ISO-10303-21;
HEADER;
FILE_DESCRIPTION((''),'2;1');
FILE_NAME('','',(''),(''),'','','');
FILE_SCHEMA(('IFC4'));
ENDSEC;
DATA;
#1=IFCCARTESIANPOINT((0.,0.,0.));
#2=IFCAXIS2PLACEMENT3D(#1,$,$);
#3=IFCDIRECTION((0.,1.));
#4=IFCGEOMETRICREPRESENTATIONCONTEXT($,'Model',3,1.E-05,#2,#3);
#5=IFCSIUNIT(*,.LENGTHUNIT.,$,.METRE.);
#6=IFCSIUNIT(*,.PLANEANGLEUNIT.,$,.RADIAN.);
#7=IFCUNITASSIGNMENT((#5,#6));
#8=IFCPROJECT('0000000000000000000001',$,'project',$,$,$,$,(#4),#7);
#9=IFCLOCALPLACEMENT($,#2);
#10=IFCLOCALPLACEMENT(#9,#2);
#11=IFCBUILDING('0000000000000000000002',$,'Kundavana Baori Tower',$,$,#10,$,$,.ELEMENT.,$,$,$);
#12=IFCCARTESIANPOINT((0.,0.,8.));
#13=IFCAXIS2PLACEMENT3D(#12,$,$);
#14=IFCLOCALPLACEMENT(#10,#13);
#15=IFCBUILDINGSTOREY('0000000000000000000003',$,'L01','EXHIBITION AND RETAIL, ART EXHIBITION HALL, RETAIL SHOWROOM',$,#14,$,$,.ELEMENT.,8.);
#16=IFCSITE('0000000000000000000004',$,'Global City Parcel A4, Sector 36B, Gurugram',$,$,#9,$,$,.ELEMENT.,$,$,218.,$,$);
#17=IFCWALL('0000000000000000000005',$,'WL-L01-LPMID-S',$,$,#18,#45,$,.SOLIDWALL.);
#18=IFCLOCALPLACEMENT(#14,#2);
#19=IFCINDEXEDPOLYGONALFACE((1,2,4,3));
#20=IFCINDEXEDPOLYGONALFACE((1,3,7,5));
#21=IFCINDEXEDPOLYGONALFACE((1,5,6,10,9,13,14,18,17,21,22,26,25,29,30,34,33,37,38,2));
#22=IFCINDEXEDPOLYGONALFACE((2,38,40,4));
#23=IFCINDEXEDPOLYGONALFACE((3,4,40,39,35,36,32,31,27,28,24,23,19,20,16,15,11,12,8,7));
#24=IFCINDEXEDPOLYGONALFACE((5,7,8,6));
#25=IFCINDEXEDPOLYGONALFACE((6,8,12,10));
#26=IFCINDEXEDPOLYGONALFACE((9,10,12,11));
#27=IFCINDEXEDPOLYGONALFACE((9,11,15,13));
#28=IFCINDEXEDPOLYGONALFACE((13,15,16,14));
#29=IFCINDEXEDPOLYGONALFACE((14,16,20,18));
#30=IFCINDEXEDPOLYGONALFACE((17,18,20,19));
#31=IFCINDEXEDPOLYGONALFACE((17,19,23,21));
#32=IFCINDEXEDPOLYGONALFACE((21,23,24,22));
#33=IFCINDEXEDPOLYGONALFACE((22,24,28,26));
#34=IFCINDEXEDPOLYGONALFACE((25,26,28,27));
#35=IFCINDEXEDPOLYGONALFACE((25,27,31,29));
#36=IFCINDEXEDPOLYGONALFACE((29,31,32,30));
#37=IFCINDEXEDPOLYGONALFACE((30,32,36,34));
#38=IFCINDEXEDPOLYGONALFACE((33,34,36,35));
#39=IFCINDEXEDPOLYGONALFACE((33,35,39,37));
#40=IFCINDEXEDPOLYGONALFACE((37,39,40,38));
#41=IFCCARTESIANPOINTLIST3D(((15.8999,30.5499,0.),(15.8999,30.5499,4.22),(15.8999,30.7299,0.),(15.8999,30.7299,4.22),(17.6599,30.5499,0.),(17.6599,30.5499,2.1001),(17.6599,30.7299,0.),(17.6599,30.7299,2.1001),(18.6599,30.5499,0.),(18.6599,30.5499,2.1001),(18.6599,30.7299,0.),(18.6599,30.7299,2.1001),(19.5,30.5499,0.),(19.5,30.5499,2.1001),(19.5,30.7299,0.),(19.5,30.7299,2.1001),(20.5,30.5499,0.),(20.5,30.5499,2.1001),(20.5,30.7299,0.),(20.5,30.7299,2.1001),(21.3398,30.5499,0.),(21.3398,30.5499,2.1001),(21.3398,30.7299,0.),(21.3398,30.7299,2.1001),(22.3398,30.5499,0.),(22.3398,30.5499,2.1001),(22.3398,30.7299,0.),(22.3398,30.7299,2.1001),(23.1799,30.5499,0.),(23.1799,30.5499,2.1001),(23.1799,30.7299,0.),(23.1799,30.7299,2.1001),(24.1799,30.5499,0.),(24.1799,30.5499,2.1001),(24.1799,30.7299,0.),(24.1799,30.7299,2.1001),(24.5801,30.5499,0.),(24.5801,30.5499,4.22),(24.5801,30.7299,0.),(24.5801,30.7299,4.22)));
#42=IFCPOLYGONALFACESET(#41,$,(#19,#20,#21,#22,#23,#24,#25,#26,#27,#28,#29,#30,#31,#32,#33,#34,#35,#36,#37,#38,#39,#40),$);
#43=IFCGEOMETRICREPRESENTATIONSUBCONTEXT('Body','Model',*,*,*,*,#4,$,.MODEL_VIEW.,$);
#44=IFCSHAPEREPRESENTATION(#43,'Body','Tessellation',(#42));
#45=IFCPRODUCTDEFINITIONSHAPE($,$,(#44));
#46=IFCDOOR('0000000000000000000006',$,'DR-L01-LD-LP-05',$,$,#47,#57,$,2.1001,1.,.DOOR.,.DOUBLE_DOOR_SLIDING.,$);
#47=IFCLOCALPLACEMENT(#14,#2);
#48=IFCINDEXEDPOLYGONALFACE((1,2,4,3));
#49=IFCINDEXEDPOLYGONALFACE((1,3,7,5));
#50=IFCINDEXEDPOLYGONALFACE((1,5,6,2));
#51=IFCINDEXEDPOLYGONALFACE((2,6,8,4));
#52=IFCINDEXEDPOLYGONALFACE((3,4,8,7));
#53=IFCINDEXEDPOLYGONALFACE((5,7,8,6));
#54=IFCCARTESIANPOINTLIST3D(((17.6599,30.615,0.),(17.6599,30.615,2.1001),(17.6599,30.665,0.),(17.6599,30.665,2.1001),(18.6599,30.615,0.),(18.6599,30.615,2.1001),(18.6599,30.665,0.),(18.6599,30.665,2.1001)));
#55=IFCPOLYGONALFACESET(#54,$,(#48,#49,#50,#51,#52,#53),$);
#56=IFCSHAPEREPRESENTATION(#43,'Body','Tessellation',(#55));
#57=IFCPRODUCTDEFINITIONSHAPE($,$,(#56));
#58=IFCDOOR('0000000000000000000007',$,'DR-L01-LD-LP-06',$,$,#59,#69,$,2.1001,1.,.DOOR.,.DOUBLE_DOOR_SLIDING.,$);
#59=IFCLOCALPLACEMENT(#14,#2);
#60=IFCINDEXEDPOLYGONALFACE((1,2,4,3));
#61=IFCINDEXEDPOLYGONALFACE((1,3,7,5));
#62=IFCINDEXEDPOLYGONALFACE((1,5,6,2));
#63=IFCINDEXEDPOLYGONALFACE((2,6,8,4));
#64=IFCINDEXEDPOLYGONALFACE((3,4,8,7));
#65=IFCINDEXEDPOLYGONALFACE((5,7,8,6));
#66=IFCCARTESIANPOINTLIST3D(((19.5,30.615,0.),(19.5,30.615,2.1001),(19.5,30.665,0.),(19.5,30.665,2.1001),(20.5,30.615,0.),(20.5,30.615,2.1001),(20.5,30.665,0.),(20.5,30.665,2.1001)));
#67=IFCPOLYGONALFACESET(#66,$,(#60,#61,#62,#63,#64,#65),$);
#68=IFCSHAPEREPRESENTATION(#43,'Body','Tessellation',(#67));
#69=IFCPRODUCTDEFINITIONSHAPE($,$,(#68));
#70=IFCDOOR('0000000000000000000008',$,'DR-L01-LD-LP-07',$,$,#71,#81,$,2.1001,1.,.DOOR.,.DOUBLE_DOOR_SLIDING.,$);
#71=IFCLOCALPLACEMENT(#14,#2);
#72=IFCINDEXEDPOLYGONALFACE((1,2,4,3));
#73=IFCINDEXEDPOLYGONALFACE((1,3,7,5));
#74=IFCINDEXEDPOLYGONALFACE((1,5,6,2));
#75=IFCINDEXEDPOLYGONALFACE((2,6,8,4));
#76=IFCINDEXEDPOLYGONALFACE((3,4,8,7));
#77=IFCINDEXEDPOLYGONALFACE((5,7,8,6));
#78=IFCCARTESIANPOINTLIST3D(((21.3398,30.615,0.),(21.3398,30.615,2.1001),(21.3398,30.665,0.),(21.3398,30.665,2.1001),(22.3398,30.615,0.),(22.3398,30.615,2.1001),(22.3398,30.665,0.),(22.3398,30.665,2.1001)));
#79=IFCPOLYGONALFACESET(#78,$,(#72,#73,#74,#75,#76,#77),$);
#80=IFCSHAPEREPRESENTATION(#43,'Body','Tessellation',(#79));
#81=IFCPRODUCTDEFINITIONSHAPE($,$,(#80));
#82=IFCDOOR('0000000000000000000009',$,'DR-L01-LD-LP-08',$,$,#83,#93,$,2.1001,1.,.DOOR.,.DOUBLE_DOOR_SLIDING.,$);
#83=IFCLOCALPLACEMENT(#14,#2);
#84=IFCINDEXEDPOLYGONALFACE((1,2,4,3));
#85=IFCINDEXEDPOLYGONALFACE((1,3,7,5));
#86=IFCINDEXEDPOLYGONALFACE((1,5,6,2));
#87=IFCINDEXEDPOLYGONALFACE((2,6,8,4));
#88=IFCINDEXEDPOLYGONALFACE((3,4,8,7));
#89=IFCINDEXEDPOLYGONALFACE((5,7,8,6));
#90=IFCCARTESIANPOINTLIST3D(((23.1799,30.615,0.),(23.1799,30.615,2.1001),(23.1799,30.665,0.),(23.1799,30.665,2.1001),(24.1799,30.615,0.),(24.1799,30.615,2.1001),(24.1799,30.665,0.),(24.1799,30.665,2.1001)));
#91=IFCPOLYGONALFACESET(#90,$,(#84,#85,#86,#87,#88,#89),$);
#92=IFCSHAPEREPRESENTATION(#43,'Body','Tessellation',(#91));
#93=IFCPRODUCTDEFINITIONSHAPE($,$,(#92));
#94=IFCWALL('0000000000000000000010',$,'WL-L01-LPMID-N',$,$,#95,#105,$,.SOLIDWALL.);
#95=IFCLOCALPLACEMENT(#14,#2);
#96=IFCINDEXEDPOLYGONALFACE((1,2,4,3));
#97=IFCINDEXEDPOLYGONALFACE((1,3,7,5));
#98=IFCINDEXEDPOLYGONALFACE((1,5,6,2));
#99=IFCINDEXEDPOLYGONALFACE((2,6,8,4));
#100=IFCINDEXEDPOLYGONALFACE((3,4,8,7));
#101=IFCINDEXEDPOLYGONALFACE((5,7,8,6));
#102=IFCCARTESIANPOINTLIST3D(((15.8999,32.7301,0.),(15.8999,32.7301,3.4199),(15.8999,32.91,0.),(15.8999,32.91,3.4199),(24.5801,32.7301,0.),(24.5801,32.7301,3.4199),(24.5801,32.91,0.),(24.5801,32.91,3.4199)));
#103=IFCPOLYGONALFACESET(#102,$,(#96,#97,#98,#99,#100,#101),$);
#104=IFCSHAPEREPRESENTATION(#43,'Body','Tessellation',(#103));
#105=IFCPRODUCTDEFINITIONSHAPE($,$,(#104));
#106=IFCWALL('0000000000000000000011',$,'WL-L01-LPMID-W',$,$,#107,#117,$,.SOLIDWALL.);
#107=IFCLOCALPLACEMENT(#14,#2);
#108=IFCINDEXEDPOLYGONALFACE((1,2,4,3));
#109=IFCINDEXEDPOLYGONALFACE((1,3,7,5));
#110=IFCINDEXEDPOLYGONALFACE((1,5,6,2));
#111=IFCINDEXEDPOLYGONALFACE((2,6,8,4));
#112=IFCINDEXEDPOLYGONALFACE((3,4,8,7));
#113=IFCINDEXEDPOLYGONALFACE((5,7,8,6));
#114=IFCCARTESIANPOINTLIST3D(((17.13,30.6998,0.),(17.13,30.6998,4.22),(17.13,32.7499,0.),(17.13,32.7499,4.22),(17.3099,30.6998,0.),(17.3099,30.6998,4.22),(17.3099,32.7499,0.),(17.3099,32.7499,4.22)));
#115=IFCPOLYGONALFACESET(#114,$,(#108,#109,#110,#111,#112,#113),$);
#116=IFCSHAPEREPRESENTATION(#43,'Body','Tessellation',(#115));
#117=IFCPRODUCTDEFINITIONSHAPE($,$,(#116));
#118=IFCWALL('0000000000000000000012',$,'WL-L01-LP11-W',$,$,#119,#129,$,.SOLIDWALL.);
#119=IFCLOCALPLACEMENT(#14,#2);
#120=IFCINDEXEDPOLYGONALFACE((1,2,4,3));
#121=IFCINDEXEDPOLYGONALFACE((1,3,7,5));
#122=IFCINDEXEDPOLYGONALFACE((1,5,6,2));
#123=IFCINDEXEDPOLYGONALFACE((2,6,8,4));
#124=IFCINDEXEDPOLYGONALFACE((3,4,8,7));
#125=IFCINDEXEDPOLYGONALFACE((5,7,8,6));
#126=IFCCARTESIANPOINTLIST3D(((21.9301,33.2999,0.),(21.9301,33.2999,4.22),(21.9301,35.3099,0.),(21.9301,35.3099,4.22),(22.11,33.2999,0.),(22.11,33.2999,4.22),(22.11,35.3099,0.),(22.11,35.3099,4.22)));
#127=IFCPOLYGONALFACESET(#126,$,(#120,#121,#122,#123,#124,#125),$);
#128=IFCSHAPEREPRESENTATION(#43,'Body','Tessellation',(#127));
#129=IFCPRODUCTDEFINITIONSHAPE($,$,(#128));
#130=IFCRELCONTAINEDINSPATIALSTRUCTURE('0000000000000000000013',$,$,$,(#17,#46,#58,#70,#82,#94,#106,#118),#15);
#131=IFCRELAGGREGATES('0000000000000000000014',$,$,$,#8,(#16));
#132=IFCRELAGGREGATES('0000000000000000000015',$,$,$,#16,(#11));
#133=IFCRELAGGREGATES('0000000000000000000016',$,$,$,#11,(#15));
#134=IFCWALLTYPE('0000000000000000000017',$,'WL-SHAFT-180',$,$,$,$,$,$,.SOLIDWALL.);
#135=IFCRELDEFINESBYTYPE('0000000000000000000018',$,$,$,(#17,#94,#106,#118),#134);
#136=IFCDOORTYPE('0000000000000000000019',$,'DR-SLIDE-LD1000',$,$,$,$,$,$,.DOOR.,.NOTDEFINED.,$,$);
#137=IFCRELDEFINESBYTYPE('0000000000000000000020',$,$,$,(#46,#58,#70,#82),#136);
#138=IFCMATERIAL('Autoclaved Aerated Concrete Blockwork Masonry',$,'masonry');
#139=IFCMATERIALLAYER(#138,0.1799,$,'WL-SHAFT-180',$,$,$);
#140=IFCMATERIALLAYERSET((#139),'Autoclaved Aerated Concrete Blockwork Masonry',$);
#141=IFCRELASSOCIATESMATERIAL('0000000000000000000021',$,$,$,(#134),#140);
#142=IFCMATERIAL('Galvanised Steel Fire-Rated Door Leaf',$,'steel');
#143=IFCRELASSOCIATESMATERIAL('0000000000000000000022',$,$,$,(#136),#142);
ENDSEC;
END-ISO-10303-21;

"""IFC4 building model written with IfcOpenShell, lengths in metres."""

from ifc_helpers import new_model, si_unit, direction, frame, frame_2d, origin, place, context, subcontext, project, spatial, rectangle, extrude, material, layer, layer_set, type_object, element, fill, save


model = new_model("IFC4")

# Units and contexts
model_context = context("Model", 3, precision=1e-05, world=origin(), true_north=direction((0.0, 1.0)))
body_context = subcontext(model_context, "Body", "Model", "MODEL_VIEW")
ifc_project = project(units=[si_unit("LENGTHUNIT", "METRE"), si_unit("PLANEANGLEUNIT", "RADIAN")], contexts=[model_context])

# Site, building, storey
site_placement = place(None, origin())
site = spatial("IfcSite", under=ifc_project, at=site_placement, Name="Global City Parcel A4, Sector 36B, Gurugram", CompositionType="ELEMENT", RefElevation=218.0)
building_placement = place(site_placement, origin())
building = spatial("IfcBuilding", under=site, at=building_placement, Name="Kundavana Baori Tower", CompositionType="ELEMENT")
storey_placement = place(building_placement, frame((0.0, 0.0, 8.0)))
storey = spatial("IfcBuildingStorey", under=building, at=storey_placement, Name="L01", Description="EXHIBITION AND RETAIL, ART EXHIBITION HALL, RETAIL SHOWROOM", CompositionType="ELEMENT", Elevation=8.0)

# Wall, openings, doors
ifc_material_1 = material(Name="Autoclaved Aerated Concrete Blockwork Masonry", Category="masonry")
ifc_layer_1 = layer(ifc_material_1, 0.1799, Name="WL-SHAFT-180")
ifc_layer_set_1 = layer_set([ifc_layer_1], Name="Autoclaved Aerated Concrete Blockwork Masonry")
wall_type_1 = type_object("IfcWallType", Name="WL-SHAFT-180", PredefinedType="SOLIDWALL", material=ifc_layer_set_1)
wall_1_placement = place(storey_placement, frame((15.8999, 30.6399, 0.0), z_axis=(0.0, 0.0, 1.0), x_axis=(1.0, 0.0, 0.0)))
wall_1 = element("IfcWall", 1, at=wall_1_placement, inside=storey, type_object=wall_type_1, Name="WL-L01-LPMID-S", PredefinedType="SOLIDWALL", context=body_context, shape_type="SweptSolid", body=[
    extrude(rectangle(XDim=8.6802, YDim=0.1799, at=frame_2d((4.3401, 0.0))), origin(), (0.0, 0.0, 1.0), 4.22),
])
opening_1_placement = place(wall_1_placement, frame((1.76, 0.0, 0.0)))
opening_1 = element("IfcOpeningElement", 2, at=opening_1_placement, cuts=wall_1, PredefinedType="OPENING", context=body_context, shape_type="SweptSolid", body=[
    extrude(rectangle(XDim=1.0, YDim=2.1001, at=frame_2d((0.5, 1.05))), frame((0.0, 0.1001, 0.0), z_axis=(0.0, -1.0, 0.0), x_axis=(1.0, 0.0, 0.0)), (0.0, 0.0, 1.0), 0.2),
])
opening_2_placement = place(wall_1_placement, frame((3.6001, 0.0, 0.0)))
opening_2 = element("IfcOpeningElement", 3, at=opening_2_placement, cuts=wall_1, PredefinedType="OPENING", context=body_context, shape_type="SweptSolid", body=[
    extrude(rectangle(XDim=1.0, YDim=2.1001, at=frame_2d((0.5, 1.05))), frame((0.0, 0.1001, 0.0), z_axis=(0.0, -1.0, 0.0), x_axis=(1.0, 0.0, 0.0)), (0.0, 0.0, 1.0), 0.2),
])
opening_3_placement = place(wall_1_placement, frame((5.4399, 0.0, 0.0)))
opening_3 = element("IfcOpeningElement", 4, at=opening_3_placement, cuts=wall_1, PredefinedType="OPENING", context=body_context, shape_type="SweptSolid", body=[
    extrude(rectangle(XDim=1.0, YDim=2.1001, at=frame_2d((0.5, 1.05))), frame((0.0, 0.1001, 0.0), z_axis=(0.0, -1.0, 0.0), x_axis=(1.0, 0.0, 0.0)), (0.0, 0.0, 1.0), 0.2),
])
opening_4_placement = place(wall_1_placement, frame((7.28, 0.0, 0.0)))
opening_4 = element("IfcOpeningElement", 5, at=opening_4_placement, cuts=wall_1, PredefinedType="OPENING", context=body_context, shape_type="SweptSolid", body=[
    extrude(rectangle(XDim=1.0, YDim=2.1001, at=frame_2d((0.5, 1.05))), frame((0.0, 0.1001, 0.0), z_axis=(0.0, -1.0, 0.0), x_axis=(1.0, 0.0, 0.0)), (0.0, 0.0, 1.0), 0.2),
])
ifc_material_2 = material(Name="Galvanised Steel Fire-Rated Door Leaf", Category="steel")
door_type_1 = type_object("IfcDoorType", Name="DR-SLIDE-LD1000", OperationType="NOTDEFINED", PredefinedType="DOOR", material=ifc_material_2)
door_1_placement = place(opening_1_placement, frame((1.0, 0.0, 0.0), z_axis=(0.0, 0.0, 1.0), x_axis=(-1.0, 0.0, 0.0)))
door_1 = element("IfcDoor", 6, at=door_1_placement, inside=storey, type_object=door_type_1, Name="DR-L01-LD-LP-05", OperationType="DOUBLE_DOOR_SLIDING", OverallHeight=2.1001, OverallWidth=1.0, PredefinedType="DOOR", context=body_context, shape_type="SweptSolid", body=[
    extrude(rectangle(XDim=1.0, YDim=2.1001, at=frame_2d((0.5, 1.05))), frame((0.0, 0.0249, 0.0), z_axis=(0.0, -1.0, 0.0), x_axis=(1.0, 0.0, 0.0)), (0.0, 0.0, 1.0), 0.05),
])
fill(opening_1, door_1)
door_2_placement = place(opening_2_placement, frame((1.0, 0.0, 0.0), z_axis=(0.0, 0.0, 1.0), x_axis=(-1.0, 0.0, 0.0)))
door_2 = element("IfcDoor", 7, at=door_2_placement, inside=storey, type_object=door_type_1, Name="DR-L01-LD-LP-06", OperationType="DOUBLE_DOOR_SLIDING", OverallHeight=2.1001, OverallWidth=1.0, PredefinedType="DOOR", context=body_context, shape_type="SweptSolid", body=[
    extrude(rectangle(XDim=1.0, YDim=2.1001, at=frame_2d((0.5, 1.05))), frame((0.0, 0.0249, 0.0), z_axis=(0.0, -1.0, 0.0), x_axis=(1.0, 0.0, 0.0)), (0.0, 0.0, 1.0), 0.05),
])
fill(opening_2, door_2)
door_3_placement = place(opening_3_placement, frame((1.0, 0.0, 0.0), z_axis=(0.0, 0.0, 1.0), x_axis=(-1.0, 0.0, 0.0)))
door_3 = element("IfcDoor", 8, at=door_3_placement, inside=storey, type_object=door_type_1, Name="DR-L01-LD-LP-07", OperationType="DOUBLE_DOOR_SLIDING", OverallHeight=2.1001, OverallWidth=1.0, PredefinedType="DOOR", context=body_context, shape_type="SweptSolid", body=[
    extrude(rectangle(XDim=1.0, YDim=2.1001, at=frame_2d((0.5, 1.05))), frame((0.0, 0.0249, 0.0), z_axis=(0.0, -1.0, 0.0), x_axis=(1.0, 0.0, 0.0)), (0.0, 0.0, 1.0), 0.05),
])
fill(opening_3, door_3)
door_4_placement = place(opening_4_placement, frame((1.0, 0.0, 0.0), z_axis=(0.0, 0.0, 1.0), x_axis=(-1.0, 0.0, 0.0)))
door_4 = element("IfcDoor", 9, at=door_4_placement, inside=storey, type_object=door_type_1, Name="DR-L01-LD-LP-08", OperationType="DOUBLE_DOOR_SLIDING", OverallHeight=2.1001, OverallWidth=1.0, PredefinedType="DOOR", context=body_context, shape_type="SweptSolid", body=[
    extrude(rectangle(XDim=1.0, YDim=2.1001, at=frame_2d((0.5, 1.05))), frame((0.0, 0.0249, 0.0), z_axis=(0.0, -1.0, 0.0), x_axis=(1.0, 0.0, 0.0)), (0.0, 0.0, 1.0), 0.05),
])
fill(opening_4, door_4)

# Walls
wall_2_placement = place(storey_placement, frame((15.8999, 32.8201, 0.0), z_axis=(0.0, 0.0, 1.0), x_axis=(1.0, 0.0, 0.0)))
element("IfcWall", 10, at=wall_2_placement, inside=storey, type_object=wall_type_1, Name="WL-L01-LPMID-N", PredefinedType="SOLIDWALL", context=body_context, shape_type="SweptSolid", body=[
    extrude(rectangle(XDim=8.6802, YDim=0.1799, at=frame_2d((4.3401, 0.0))), origin(), (0.0, 0.0, 1.0), 3.4199),
])
wall_3_placement = place(storey_placement, frame((17.22, 30.7, 0.0), z_axis=(0.0, 0.0, 1.0), x_axis=(0.0, 1.0, 0.0)))
element("IfcWall", 11, at=wall_3_placement, inside=storey, type_object=wall_type_1, Name="WL-L01-LPMID-W", PredefinedType="SOLIDWALL", context=body_context, shape_type="SweptSolid", body=[
    extrude(rectangle(XDim=2.05, YDim=0.1799, at=frame_2d((1.0249, 0.0))), origin(), (0.0, 0.0, 1.0), 4.22),
])
wall_4_placement = place(storey_placement, frame((22.02, 33.3, 0.0), z_axis=(0.0, 0.0, 1.0), x_axis=(0.0, 1.0, 0.0)))
element("IfcWall", 12, at=wall_4_placement, inside=storey, type_object=wall_type_1, Name="WL-L01-LP11-W", PredefinedType="SOLIDWALL", context=body_context, shape_type="SweptSolid", body=[
    extrude(rectangle(XDim=2.01, YDim=0.1799, at=frame_2d((1.0049, 0.0))), origin(), (0.0, 0.0, 1.0), 4.22),
])

save(model, "model.ifc")
